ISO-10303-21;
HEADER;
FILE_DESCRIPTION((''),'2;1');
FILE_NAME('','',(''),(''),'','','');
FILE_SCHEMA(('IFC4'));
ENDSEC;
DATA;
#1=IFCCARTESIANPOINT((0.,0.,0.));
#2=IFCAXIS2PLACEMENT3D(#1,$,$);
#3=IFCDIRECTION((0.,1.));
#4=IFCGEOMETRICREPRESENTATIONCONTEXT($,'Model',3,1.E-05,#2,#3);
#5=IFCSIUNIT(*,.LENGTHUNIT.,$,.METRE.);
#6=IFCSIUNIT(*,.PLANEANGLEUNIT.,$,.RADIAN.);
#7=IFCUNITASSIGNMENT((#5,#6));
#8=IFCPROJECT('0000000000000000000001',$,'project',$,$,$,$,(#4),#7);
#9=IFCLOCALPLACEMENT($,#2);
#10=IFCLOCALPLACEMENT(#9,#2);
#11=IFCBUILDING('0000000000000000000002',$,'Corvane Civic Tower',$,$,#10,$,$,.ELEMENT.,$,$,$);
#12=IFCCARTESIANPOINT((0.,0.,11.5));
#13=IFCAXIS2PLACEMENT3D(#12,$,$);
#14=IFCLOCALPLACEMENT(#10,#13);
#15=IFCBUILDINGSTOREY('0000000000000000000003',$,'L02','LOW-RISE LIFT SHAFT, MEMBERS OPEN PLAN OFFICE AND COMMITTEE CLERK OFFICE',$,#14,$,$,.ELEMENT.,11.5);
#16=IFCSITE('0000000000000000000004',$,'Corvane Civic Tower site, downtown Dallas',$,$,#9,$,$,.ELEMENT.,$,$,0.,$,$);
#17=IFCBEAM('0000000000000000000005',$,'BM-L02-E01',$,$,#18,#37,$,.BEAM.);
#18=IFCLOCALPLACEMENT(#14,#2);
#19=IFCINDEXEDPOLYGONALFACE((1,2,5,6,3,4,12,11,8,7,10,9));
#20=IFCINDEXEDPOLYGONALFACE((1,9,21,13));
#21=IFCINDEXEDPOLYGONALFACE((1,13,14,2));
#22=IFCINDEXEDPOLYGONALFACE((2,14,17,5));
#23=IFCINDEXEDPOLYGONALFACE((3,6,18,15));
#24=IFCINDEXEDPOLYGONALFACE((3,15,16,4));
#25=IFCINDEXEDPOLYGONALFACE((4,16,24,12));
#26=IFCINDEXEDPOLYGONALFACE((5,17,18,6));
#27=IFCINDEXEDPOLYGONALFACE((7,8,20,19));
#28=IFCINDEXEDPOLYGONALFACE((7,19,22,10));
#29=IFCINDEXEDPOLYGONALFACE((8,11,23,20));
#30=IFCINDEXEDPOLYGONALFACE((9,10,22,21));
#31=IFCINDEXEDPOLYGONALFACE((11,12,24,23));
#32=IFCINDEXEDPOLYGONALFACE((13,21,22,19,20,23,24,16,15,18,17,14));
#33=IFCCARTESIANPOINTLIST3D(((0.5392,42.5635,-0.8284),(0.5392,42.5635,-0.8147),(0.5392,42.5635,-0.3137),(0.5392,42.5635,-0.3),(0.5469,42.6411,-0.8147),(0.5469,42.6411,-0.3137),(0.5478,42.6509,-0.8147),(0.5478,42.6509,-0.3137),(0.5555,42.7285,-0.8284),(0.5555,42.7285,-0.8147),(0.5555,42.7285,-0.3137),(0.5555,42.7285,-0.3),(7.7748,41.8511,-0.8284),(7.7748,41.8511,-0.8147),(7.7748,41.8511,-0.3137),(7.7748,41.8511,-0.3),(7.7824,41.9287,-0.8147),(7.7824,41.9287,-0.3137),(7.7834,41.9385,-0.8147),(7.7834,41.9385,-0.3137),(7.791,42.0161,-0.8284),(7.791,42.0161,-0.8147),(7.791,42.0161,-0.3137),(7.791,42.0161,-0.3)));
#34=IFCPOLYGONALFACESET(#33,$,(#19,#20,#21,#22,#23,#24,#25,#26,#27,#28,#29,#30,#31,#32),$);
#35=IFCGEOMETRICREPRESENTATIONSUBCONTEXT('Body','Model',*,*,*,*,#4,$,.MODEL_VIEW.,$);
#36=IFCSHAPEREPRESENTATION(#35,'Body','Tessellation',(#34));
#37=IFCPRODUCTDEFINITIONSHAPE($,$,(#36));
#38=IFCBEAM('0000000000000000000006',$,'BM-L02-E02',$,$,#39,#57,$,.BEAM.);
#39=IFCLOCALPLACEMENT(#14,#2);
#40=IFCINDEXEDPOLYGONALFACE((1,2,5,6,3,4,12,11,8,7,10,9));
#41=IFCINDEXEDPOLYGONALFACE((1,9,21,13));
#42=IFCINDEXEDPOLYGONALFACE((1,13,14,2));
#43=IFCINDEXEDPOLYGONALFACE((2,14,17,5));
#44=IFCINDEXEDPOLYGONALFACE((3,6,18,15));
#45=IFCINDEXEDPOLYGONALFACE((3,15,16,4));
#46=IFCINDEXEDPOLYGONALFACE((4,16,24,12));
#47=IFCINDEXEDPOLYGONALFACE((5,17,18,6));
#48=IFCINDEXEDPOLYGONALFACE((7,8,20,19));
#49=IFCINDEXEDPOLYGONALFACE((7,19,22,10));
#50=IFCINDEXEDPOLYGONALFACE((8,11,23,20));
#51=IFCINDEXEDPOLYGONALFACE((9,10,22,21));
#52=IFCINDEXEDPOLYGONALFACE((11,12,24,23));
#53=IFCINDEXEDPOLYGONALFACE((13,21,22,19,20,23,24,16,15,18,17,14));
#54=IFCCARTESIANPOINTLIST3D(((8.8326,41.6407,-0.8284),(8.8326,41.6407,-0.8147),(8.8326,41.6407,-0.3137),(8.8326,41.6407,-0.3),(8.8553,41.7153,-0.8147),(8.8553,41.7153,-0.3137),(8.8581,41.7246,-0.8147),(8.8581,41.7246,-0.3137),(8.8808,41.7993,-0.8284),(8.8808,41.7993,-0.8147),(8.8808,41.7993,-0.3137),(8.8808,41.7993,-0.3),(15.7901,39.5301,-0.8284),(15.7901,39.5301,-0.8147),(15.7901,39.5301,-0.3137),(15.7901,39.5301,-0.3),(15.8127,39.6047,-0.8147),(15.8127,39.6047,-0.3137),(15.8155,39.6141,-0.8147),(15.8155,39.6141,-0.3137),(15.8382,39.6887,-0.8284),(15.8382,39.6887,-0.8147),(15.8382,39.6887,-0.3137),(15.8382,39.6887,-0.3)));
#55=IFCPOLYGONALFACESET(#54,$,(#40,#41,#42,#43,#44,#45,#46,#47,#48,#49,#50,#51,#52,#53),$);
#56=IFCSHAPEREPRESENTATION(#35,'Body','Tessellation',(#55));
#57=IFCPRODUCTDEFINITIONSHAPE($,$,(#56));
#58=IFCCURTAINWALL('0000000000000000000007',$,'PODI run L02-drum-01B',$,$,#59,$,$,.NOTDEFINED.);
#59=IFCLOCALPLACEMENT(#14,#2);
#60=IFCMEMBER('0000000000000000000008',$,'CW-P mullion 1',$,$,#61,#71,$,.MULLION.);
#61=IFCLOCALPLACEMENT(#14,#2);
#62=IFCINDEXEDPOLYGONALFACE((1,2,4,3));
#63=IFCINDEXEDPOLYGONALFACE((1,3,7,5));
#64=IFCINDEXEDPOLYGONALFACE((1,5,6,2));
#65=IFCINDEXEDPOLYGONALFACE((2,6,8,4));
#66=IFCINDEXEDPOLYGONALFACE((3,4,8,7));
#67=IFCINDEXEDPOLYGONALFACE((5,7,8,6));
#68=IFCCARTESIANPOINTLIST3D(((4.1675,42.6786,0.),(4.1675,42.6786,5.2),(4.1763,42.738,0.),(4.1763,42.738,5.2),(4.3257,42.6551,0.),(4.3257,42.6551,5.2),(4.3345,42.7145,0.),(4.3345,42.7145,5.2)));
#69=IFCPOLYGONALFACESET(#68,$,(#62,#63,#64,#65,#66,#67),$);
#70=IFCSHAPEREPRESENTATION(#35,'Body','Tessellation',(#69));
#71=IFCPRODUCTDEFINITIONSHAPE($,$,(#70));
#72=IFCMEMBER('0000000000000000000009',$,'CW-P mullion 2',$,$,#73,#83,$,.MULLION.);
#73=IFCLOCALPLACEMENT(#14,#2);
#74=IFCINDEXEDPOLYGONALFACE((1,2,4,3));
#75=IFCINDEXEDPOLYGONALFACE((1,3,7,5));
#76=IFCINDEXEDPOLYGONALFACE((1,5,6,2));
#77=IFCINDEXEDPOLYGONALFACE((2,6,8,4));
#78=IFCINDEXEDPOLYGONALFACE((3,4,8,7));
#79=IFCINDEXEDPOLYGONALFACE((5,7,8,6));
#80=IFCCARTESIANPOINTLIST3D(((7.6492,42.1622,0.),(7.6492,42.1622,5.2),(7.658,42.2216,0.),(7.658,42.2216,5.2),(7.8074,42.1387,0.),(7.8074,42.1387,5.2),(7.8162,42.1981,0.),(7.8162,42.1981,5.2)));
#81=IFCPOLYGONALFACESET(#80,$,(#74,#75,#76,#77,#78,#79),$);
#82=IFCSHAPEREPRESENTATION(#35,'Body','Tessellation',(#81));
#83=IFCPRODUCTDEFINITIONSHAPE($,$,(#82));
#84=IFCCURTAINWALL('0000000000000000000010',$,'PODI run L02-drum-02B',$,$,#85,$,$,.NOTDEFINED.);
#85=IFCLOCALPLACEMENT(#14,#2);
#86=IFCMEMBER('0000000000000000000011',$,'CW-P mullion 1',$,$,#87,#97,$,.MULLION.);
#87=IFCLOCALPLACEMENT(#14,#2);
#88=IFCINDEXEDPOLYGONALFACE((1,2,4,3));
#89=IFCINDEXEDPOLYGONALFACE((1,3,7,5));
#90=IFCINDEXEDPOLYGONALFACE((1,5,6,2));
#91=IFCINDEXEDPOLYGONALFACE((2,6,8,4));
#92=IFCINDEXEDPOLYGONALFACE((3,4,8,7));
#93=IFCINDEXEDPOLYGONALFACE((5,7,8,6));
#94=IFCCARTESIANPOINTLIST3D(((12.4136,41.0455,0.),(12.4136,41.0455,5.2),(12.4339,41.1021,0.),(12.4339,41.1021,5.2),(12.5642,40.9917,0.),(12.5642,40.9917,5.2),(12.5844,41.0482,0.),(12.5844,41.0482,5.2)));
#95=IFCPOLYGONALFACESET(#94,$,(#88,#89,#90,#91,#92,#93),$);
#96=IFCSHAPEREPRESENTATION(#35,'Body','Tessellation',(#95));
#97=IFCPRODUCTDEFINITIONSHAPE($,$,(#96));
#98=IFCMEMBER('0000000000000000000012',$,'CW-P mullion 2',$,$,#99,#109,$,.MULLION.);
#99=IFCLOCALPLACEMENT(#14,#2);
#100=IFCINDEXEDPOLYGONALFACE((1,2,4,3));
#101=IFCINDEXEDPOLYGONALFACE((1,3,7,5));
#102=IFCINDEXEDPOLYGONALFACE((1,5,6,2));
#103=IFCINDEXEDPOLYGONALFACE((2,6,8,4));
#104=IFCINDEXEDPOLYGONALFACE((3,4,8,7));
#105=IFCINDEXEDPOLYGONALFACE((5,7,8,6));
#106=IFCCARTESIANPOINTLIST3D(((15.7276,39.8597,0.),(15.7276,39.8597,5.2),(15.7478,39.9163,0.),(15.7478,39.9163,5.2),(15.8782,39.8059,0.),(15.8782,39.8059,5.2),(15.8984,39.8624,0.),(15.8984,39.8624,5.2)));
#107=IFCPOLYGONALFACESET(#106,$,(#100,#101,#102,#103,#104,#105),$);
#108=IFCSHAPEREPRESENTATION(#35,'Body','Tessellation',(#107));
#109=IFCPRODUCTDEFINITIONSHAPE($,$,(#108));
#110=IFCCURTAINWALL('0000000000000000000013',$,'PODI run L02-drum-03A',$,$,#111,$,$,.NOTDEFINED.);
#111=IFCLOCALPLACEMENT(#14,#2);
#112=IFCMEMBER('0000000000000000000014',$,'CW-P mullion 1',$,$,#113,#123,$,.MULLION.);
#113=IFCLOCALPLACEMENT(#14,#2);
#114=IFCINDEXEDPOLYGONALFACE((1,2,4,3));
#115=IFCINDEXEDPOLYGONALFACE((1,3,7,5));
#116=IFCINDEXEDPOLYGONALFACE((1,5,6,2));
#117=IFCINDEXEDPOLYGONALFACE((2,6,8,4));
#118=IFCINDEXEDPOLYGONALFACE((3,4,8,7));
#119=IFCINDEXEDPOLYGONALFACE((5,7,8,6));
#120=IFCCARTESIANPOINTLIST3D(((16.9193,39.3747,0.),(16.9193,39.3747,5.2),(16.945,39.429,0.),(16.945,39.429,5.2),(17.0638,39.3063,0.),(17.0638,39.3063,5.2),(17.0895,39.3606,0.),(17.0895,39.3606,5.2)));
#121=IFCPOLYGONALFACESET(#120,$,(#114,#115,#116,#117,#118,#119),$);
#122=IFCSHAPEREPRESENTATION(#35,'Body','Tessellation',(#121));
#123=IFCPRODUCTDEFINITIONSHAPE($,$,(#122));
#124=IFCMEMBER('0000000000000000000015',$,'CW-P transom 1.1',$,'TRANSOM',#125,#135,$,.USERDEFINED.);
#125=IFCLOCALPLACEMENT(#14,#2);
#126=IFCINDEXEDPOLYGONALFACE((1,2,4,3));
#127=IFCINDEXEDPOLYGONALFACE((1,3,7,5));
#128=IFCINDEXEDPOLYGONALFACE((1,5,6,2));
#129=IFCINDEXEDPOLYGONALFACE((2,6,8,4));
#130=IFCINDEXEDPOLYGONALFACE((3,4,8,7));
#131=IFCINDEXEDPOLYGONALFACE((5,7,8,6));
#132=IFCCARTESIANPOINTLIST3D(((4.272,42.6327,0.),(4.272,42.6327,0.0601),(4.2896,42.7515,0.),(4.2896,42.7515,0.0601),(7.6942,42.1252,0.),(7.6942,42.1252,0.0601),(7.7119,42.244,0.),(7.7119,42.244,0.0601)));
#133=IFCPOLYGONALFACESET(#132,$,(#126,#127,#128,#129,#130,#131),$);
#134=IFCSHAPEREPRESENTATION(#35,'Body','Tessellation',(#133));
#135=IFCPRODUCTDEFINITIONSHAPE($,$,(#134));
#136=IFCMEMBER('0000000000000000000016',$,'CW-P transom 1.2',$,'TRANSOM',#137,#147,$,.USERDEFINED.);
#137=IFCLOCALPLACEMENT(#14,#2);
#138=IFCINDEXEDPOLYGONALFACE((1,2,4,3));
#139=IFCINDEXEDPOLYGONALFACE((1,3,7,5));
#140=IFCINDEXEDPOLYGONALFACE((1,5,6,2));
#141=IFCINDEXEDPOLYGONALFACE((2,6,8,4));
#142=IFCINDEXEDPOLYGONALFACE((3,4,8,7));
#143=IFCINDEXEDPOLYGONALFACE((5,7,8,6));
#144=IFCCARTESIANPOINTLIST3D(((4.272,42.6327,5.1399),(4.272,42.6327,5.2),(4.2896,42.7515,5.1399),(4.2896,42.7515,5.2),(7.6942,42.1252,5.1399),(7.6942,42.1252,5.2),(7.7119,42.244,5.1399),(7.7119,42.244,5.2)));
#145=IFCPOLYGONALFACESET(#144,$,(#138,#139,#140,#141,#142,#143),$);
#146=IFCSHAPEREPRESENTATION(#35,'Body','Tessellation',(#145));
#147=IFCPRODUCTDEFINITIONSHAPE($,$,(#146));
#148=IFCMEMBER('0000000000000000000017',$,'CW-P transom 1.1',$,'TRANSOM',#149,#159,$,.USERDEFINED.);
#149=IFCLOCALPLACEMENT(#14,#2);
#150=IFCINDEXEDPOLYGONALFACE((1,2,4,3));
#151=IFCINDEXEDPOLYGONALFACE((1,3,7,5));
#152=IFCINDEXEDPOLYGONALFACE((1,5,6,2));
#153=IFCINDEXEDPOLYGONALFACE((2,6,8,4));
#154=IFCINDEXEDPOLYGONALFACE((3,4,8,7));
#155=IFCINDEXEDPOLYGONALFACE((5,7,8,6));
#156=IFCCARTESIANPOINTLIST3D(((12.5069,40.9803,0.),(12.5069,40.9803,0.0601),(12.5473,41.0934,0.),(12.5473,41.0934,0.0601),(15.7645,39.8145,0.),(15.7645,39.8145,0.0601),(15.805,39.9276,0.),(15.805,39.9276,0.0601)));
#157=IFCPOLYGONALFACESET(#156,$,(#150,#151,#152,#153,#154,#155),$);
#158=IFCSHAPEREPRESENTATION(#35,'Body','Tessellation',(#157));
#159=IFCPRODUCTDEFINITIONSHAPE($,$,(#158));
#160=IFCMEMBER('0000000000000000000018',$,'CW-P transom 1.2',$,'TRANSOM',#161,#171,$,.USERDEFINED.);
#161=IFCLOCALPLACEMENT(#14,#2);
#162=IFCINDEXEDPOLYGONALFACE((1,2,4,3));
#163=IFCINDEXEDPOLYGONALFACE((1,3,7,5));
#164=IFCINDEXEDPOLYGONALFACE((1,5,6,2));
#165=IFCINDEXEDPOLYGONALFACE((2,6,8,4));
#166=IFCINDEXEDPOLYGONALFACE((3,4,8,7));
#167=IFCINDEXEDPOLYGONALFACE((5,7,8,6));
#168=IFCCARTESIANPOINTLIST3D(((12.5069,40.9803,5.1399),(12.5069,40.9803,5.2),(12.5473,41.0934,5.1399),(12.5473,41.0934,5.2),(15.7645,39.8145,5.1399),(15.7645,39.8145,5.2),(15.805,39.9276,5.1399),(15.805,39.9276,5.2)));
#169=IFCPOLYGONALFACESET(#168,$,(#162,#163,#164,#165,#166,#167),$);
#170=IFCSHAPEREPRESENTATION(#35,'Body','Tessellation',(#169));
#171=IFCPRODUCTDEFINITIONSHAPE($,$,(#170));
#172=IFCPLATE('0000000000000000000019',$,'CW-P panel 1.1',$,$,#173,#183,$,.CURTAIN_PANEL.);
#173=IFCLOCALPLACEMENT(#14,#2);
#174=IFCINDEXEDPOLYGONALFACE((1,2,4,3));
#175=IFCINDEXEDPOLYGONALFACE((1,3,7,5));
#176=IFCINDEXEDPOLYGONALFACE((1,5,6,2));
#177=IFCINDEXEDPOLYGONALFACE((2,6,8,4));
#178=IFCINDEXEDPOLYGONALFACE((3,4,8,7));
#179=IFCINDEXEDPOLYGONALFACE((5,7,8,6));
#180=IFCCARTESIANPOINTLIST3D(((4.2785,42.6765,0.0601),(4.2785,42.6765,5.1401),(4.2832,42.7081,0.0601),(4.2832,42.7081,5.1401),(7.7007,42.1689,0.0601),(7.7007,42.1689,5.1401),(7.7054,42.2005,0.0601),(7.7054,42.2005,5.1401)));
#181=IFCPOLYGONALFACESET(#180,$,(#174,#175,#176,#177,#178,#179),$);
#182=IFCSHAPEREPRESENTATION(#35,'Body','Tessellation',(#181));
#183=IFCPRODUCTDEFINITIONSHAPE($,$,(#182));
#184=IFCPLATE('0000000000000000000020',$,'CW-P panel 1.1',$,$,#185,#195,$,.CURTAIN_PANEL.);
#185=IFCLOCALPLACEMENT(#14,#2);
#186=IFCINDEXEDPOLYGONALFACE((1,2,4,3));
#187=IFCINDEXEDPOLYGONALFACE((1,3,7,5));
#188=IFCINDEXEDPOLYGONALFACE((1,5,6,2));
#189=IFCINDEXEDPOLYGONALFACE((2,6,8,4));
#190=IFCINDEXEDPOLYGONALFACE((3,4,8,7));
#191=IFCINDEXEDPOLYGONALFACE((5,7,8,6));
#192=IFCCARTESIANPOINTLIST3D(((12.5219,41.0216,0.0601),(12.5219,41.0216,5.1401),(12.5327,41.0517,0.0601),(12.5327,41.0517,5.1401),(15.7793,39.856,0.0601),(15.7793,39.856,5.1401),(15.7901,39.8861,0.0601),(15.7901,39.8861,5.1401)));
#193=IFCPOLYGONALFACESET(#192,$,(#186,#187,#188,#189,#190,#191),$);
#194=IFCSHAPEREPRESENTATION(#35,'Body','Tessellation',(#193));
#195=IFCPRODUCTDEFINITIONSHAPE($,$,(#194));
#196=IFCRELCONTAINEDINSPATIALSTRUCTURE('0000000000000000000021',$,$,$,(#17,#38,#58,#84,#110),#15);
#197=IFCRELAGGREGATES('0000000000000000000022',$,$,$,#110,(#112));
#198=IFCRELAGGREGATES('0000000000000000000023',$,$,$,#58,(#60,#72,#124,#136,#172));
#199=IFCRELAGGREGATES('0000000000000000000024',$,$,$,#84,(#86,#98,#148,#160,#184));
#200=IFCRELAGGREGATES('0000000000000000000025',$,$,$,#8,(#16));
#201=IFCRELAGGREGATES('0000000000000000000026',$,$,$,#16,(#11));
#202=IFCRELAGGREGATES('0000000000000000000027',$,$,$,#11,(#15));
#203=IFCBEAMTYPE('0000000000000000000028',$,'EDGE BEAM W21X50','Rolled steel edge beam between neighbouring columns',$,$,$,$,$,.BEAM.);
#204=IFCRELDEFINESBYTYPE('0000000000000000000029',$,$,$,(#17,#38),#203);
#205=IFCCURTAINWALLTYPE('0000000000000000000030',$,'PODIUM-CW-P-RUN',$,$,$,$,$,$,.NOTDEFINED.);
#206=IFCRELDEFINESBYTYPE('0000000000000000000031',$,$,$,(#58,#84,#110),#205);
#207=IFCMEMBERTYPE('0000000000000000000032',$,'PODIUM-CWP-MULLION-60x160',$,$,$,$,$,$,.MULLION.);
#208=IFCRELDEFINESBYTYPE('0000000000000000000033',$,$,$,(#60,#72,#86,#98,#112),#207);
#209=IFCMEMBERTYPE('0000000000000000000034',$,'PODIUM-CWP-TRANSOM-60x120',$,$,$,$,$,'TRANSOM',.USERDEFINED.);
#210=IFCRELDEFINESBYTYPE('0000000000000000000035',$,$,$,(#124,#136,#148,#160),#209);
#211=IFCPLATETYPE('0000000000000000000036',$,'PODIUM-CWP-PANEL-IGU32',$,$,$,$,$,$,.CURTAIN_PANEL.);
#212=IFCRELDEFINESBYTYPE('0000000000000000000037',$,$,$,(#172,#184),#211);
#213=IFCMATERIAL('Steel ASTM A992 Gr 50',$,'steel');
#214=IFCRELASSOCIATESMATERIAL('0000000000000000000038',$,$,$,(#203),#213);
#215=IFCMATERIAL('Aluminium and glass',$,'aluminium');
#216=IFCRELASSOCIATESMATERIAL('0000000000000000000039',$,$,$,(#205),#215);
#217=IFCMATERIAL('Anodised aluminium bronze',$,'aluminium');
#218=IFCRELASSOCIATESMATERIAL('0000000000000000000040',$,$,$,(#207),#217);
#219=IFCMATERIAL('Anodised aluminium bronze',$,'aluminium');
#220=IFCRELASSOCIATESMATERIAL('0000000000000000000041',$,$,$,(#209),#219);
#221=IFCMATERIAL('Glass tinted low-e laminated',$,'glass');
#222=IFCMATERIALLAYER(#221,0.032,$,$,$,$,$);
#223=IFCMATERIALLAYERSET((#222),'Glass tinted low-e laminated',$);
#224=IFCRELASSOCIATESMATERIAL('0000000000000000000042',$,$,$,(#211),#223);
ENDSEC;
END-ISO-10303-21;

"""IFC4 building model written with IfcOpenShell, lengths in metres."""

from ifc_helpers import new_model, si_unit, direction, frame, origin, origin_2d, place, context, subcontext, project, spatial, rectangle, i_section, extrude, material, layer, layer_set, material_profile, profile_set, type_object, element, aggregate, save


model = new_model("IFC4")

# Units and contexts
model_context = context("Model", 3, precision=1e-05, world=origin(), true_north=direction((0.0, 1.0)))
body_context = subcontext(model_context, "Body", "Model", "MODEL_VIEW")
ifc_project = project(units=[si_unit("LENGTHUNIT", "METRE"), si_unit("PLANEANGLEUNIT", "RADIAN")], contexts=[model_context])

# Site, building, storey
site_placement = place(None, origin())
site = spatial("IfcSite", under=ifc_project, at=site_placement, Name="Corvane Civic Tower site, downtown Dallas", CompositionType="ELEMENT", RefElevation=0.0)
building_placement = place(site_placement, origin())
building = spatial("IfcBuilding", under=site, at=building_placement, Name="Corvane Civic Tower", CompositionType="ELEMENT")
storey_placement = place(building_placement, frame((0.0, 0.0, 11.5)))
storey = spatial("IfcBuildingStorey", under=building, at=storey_placement, Name="L02", Description="LOW-RISE LIFT SHAFT, MEMBERS OPEN PLAN OFFICE AND COMMITTEE CLERK OFFICE", CompositionType="ELEMENT", Elevation=11.5)

# Beams
ifc_material_1 = material(Name="Steel ASTM A992 Gr 50", Category="steel")
ifc_material_profile_1 = material_profile(ifc_material_1, i_section(OverallWidth=0.1658, OverallDepth=0.5283, WebThickness=0.0098, FlangeThickness=0.0137, at=origin_2d()), Name="W21X50")
ifc_profile_set_1 = profile_set([ifc_material_profile_1], Name="Steel ASTM A992 Gr 50")
beam_type = type_object("IfcBeamType", Name="EDGE BEAM W21X50", Description="Rolled steel edge beam between neighbouring columns", PredefinedType="BEAM", material=ifc_profile_set_1)
for number, where, z_axis, x_axis, name in (
    (1, (0.5474, 42.646, -0.5642), (0.995188, -0.097984, 0.0), (0.097984, 0.995188, 0.0), "BM-L02-E01"),
    (2, (8.8567, 41.72, -0.5642), (0.956938, -0.290292, 0.0), (0.290292, 0.956938, 0.0), "BM-L02-E02"),
):
    element("IfcBeam", number, at=place(storey_placement, frame(where, z_axis=z_axis, x_axis=x_axis)), inside=storey, type_object=beam_type, Name=name, PredefinedType="BEAM", context=body_context, shape_type="SweptSolid", body=[
        extrude(i_section(OverallWidth=0.1658, OverallDepth=0.5283, WebThickness=0.0098, FlangeThickness=0.0137, at=origin_2d()), origin(), (0.0, 0.0, 1.0), 7.2705),
    ])

# Curtain walls, members
ifc_material_2 = material(Name="Aluminium and glass", Category="aluminium")
curtain_wall_type = type_object("IfcCurtainWallType", Name="PODIUM-CW-P-RUN", PredefinedType="NOTDEFINED", material=ifc_material_2)
curtain_wall_1_placement = place(storey_placement, origin())
curtain_wall_1 = element("IfcCurtainWall", 3, at=curtain_wall_1_placement, inside=storey, type_object=curtain_wall_type, Name="PODI run L02-drum-01B", PredefinedType="NOTDEFINED")
ifc_material_3 = material(Name="Anodised aluminium bronze", Category="aluminium")
ifc_material_profile_2 = material_profile(ifc_material_3, rectangle(XDim=0.0601, YDim=0.1599, at=origin_2d()), Name="AL 60x160")
ifc_profile_set_2 = profile_set([ifc_material_profile_2], Name="Anodised aluminium bronze")
member_type_1 = type_object("IfcMemberType", Name="PODIUM-CWP-MULLION-60x160", PredefinedType="MULLION", material=ifc_profile_set_2)
member_1_placement = place(storey_placement, frame((4.251, 42.6965, 0.0), z_axis=(0.0, 0.0, 1.0), x_axis=(0.146715, 0.989179, 0.0)))
member_1 = element("IfcMember", 4, at=member_1_placement, type_object=member_type_1, Name="CW-P mullion 1", PredefinedType="MULLION", context=body_context, shape_type="SweptSolid", body=[
    extrude(rectangle(XDim=0.0601, YDim=0.1599, at=origin_2d()), origin(), (0.0, 0.0, 1.0), 5.2),
])
member_2_placement = place(storey_placement, frame((7.7327, 42.1802, 0.0), z_axis=(0.0, 0.0, 1.0), x_axis=(0.146715, 0.989179, 0.0)))
member_2 = element("IfcMember", 5, at=member_2_placement, type_object=member_type_1, Name="CW-P mullion 2", PredefinedType="MULLION", context=body_context, shape_type="SweptSolid", body=[
    extrude(rectangle(XDim=0.0601, YDim=0.1599, at=origin_2d()), origin(), (0.0, 0.0, 1.0), 5.2),
])
curtain_wall_2_placement = place(storey_placement, origin())
curtain_wall_2 = element("IfcCurtainWall", 6, at=curtain_wall_2_placement, inside=storey, type_object=curtain_wall_type, Name="PODI run L02-drum-02B", PredefinedType="NOTDEFINED")
member_3_placement = place(storey_placement, frame((12.499, 41.0469, 0.0), z_axis=(0.0, 0.0, 1.0), x_axis=(0.336919, 0.941534, 0.0)))
member_3 = element("IfcMember", 7, at=member_3_placement, type_object=member_type_1, Name="CW-P mullion 1", PredefinedType="MULLION", context=body_context, shape_type="SweptSolid", body=[
    extrude(rectangle(XDim=0.0601, YDim=0.1599, at=origin_2d()), origin(), (0.0, 0.0, 1.0), 5.2),
])
member_4_placement = place(storey_placement, frame((15.813, 39.8611, 0.0), z_axis=(0.0, 0.0, 1.0), x_axis=(0.336919, 0.941534, 0.0)))
member_4 = element("IfcMember", 8, at=member_4_placement, type_object=member_type_1, Name="CW-P mullion 2", PredefinedType="MULLION", context=body_context, shape_type="SweptSolid", body=[
    extrude(rectangle(XDim=0.0601, YDim=0.1599, at=origin_2d()), origin(), (0.0, 0.0, 1.0), 5.2),
])

# Curtain wall, member
curtain_wall_3_placement = place(storey_placement, origin())
curtain_wall_3 = element("IfcCurtainWall", 9, at=curtain_wall_3_placement, inside=storey, type_object=curtain_wall_type, Name="PODI run L02-drum-03A", PredefinedType="NOTDEFINED")
member_5_placement = place(storey_placement, frame((17.0044, 39.3677, 0.0), z_axis=(0.0, 0.0, 1.0), x_axis=(0.427553, 0.90399, 0.0)))
member_5 = element("IfcMember", 10, at=member_5_placement, type_object=member_type_1, Name="CW-P mullion 1", PredefinedType="MULLION", context=body_context, shape_type="SweptSolid", body=[
    extrude(rectangle(XDim=0.0601, YDim=0.1599, at=origin_2d()), origin(), (0.0, 0.0, 1.0), 5.2),
])
aggregate(curtain_wall_3, [member_5])

# Members
ifc_material_4 = material(Name="Anodised aluminium bronze", Category="aluminium")
ifc_material_profile_3 = material_profile(ifc_material_4, rectangle(XDim=0.1201, YDim=0.0601, at=origin_2d()), Name="AL 120x60")
ifc_profile_set_3 = profile_set([ifc_material_profile_3], Name="Anodised aluminium bronze")
member_type_2 = type_object("IfcMemberType", Name="PODIUM-CWP-TRANSOM-60x120", ElementType="TRANSOM", PredefinedType="USERDEFINED", material=ifc_profile_set_3)
member_6_placement = place(storey_placement, frame((4.2808, 42.6921, 0.03), z_axis=(0.98918, -0.146705, 0.0), x_axis=(0.146705, 0.98918, 0.0)))
member_6 = element("IfcMember", 11, at=member_6_placement, type_object=member_type_2, Name="CW-P transom 1.1", ObjectType="TRANSOM", PredefinedType="USERDEFINED", context=body_context, shape_type="SweptSolid", body=[
    extrude(rectangle(XDim=0.1201, YDim=0.0601, at=origin_2d()), origin(), (0.0, 0.0, 1.0), 3.4597),
])
member_7_placement = place(storey_placement, frame((4.2808, 42.6921, 5.1699), z_axis=(0.98918, -0.146705, 0.0), x_axis=(0.146705, 0.98918, 0.0)))
member_7 = element("IfcMember", 12, at=member_7_placement, type_object=member_type_2, Name="CW-P transom 1.2", ObjectType="TRANSOM", PredefinedType="USERDEFINED", context=body_context, shape_type="SweptSolid", body=[
    extrude(rectangle(XDim=0.1201, YDim=0.0601, at=origin_2d()), origin(), (0.0, 0.0, 1.0), 3.4597),
])
member_8_placement = place(storey_placement, frame((12.5271, 41.0369, 0.03), z_axis=(0.941526, -0.33694, 0.0), x_axis=(0.33694, 0.941526, 0.0)))
member_8 = element("IfcMember", 13, at=member_8_placement, type_object=member_type_2, Name="CW-P transom 1.1", ObjectType="TRANSOM", PredefinedType="USERDEFINED", context=body_context, shape_type="SweptSolid", body=[
    extrude(rectangle(XDim=0.1201, YDim=0.0601, at=origin_2d()), origin(), (0.0, 0.0, 1.0), 3.46),
])
member_9_placement = place(storey_placement, frame((12.5271, 41.0369, 5.1699), z_axis=(0.941526, -0.33694, 0.0), x_axis=(0.33694, 0.941526, 0.0)))
member_9 = element("IfcMember", 14, at=member_9_placement, type_object=member_type_2, Name="CW-P transom 1.2", ObjectType="TRANSOM", PredefinedType="USERDEFINED", context=body_context, shape_type="SweptSolid", body=[
    extrude(rectangle(XDim=0.1201, YDim=0.0601, at=origin_2d()), origin(), (0.0, 0.0, 1.0), 3.46),
])

# Plates
ifc_material_5 = material(Name="Glass tinted low-e laminated", Category="glass")
ifc_layer_1 = layer(ifc_material_5, 0.032)
ifc_layer_set_1 = layer_set([ifc_layer_1], Name="Glass tinted low-e laminated")
plate_type = type_object("IfcPlateType", Name="PODIUM-CWP-PANEL-IGU32", PredefinedType="CURTAIN_PANEL", material=ifc_layer_set_1)
plate_1_placement = place(storey_placement, frame((5.9919, 42.4385, 0.0601), z_axis=(0.0, 0.0, 1.0), x_axis=(0.989179, -0.146715, 0.0)))
plate_1 = element("IfcPlate", 15, at=plate_1_placement, type_object=plate_type, Name="CW-P panel 1.1", PredefinedType="CURTAIN_PANEL", context=body_context, shape_type="SweptSolid", body=[
    extrude(rectangle(XDim=3.4597, YDim=0.032, at=origin_2d()), origin(), (0.0, 0.0, 1.0), 5.0801),
])
aggregate(curtain_wall_1, [member_1, member_2, member_6, member_7, plate_1])
plate_2_placement = place(storey_placement, frame((14.156, 40.4539, 0.0601), z_axis=(0.0, 0.0, 1.0), x_axis=(0.941534, -0.336919, 0.0)))
plate_2 = element("IfcPlate", 16, at=plate_2_placement, type_object=plate_type, Name="CW-P panel 1.1", PredefinedType="CURTAIN_PANEL", context=body_context, shape_type="SweptSolid", body=[
    extrude(rectangle(XDim=3.4597, YDim=0.032, at=origin_2d()), origin(), (0.0, 0.0, 1.0), 5.0801),
])
aggregate(curtain_wall_2, [member_3, member_4, member_8, member_9, plate_2])

save(model, "model.ifc")
